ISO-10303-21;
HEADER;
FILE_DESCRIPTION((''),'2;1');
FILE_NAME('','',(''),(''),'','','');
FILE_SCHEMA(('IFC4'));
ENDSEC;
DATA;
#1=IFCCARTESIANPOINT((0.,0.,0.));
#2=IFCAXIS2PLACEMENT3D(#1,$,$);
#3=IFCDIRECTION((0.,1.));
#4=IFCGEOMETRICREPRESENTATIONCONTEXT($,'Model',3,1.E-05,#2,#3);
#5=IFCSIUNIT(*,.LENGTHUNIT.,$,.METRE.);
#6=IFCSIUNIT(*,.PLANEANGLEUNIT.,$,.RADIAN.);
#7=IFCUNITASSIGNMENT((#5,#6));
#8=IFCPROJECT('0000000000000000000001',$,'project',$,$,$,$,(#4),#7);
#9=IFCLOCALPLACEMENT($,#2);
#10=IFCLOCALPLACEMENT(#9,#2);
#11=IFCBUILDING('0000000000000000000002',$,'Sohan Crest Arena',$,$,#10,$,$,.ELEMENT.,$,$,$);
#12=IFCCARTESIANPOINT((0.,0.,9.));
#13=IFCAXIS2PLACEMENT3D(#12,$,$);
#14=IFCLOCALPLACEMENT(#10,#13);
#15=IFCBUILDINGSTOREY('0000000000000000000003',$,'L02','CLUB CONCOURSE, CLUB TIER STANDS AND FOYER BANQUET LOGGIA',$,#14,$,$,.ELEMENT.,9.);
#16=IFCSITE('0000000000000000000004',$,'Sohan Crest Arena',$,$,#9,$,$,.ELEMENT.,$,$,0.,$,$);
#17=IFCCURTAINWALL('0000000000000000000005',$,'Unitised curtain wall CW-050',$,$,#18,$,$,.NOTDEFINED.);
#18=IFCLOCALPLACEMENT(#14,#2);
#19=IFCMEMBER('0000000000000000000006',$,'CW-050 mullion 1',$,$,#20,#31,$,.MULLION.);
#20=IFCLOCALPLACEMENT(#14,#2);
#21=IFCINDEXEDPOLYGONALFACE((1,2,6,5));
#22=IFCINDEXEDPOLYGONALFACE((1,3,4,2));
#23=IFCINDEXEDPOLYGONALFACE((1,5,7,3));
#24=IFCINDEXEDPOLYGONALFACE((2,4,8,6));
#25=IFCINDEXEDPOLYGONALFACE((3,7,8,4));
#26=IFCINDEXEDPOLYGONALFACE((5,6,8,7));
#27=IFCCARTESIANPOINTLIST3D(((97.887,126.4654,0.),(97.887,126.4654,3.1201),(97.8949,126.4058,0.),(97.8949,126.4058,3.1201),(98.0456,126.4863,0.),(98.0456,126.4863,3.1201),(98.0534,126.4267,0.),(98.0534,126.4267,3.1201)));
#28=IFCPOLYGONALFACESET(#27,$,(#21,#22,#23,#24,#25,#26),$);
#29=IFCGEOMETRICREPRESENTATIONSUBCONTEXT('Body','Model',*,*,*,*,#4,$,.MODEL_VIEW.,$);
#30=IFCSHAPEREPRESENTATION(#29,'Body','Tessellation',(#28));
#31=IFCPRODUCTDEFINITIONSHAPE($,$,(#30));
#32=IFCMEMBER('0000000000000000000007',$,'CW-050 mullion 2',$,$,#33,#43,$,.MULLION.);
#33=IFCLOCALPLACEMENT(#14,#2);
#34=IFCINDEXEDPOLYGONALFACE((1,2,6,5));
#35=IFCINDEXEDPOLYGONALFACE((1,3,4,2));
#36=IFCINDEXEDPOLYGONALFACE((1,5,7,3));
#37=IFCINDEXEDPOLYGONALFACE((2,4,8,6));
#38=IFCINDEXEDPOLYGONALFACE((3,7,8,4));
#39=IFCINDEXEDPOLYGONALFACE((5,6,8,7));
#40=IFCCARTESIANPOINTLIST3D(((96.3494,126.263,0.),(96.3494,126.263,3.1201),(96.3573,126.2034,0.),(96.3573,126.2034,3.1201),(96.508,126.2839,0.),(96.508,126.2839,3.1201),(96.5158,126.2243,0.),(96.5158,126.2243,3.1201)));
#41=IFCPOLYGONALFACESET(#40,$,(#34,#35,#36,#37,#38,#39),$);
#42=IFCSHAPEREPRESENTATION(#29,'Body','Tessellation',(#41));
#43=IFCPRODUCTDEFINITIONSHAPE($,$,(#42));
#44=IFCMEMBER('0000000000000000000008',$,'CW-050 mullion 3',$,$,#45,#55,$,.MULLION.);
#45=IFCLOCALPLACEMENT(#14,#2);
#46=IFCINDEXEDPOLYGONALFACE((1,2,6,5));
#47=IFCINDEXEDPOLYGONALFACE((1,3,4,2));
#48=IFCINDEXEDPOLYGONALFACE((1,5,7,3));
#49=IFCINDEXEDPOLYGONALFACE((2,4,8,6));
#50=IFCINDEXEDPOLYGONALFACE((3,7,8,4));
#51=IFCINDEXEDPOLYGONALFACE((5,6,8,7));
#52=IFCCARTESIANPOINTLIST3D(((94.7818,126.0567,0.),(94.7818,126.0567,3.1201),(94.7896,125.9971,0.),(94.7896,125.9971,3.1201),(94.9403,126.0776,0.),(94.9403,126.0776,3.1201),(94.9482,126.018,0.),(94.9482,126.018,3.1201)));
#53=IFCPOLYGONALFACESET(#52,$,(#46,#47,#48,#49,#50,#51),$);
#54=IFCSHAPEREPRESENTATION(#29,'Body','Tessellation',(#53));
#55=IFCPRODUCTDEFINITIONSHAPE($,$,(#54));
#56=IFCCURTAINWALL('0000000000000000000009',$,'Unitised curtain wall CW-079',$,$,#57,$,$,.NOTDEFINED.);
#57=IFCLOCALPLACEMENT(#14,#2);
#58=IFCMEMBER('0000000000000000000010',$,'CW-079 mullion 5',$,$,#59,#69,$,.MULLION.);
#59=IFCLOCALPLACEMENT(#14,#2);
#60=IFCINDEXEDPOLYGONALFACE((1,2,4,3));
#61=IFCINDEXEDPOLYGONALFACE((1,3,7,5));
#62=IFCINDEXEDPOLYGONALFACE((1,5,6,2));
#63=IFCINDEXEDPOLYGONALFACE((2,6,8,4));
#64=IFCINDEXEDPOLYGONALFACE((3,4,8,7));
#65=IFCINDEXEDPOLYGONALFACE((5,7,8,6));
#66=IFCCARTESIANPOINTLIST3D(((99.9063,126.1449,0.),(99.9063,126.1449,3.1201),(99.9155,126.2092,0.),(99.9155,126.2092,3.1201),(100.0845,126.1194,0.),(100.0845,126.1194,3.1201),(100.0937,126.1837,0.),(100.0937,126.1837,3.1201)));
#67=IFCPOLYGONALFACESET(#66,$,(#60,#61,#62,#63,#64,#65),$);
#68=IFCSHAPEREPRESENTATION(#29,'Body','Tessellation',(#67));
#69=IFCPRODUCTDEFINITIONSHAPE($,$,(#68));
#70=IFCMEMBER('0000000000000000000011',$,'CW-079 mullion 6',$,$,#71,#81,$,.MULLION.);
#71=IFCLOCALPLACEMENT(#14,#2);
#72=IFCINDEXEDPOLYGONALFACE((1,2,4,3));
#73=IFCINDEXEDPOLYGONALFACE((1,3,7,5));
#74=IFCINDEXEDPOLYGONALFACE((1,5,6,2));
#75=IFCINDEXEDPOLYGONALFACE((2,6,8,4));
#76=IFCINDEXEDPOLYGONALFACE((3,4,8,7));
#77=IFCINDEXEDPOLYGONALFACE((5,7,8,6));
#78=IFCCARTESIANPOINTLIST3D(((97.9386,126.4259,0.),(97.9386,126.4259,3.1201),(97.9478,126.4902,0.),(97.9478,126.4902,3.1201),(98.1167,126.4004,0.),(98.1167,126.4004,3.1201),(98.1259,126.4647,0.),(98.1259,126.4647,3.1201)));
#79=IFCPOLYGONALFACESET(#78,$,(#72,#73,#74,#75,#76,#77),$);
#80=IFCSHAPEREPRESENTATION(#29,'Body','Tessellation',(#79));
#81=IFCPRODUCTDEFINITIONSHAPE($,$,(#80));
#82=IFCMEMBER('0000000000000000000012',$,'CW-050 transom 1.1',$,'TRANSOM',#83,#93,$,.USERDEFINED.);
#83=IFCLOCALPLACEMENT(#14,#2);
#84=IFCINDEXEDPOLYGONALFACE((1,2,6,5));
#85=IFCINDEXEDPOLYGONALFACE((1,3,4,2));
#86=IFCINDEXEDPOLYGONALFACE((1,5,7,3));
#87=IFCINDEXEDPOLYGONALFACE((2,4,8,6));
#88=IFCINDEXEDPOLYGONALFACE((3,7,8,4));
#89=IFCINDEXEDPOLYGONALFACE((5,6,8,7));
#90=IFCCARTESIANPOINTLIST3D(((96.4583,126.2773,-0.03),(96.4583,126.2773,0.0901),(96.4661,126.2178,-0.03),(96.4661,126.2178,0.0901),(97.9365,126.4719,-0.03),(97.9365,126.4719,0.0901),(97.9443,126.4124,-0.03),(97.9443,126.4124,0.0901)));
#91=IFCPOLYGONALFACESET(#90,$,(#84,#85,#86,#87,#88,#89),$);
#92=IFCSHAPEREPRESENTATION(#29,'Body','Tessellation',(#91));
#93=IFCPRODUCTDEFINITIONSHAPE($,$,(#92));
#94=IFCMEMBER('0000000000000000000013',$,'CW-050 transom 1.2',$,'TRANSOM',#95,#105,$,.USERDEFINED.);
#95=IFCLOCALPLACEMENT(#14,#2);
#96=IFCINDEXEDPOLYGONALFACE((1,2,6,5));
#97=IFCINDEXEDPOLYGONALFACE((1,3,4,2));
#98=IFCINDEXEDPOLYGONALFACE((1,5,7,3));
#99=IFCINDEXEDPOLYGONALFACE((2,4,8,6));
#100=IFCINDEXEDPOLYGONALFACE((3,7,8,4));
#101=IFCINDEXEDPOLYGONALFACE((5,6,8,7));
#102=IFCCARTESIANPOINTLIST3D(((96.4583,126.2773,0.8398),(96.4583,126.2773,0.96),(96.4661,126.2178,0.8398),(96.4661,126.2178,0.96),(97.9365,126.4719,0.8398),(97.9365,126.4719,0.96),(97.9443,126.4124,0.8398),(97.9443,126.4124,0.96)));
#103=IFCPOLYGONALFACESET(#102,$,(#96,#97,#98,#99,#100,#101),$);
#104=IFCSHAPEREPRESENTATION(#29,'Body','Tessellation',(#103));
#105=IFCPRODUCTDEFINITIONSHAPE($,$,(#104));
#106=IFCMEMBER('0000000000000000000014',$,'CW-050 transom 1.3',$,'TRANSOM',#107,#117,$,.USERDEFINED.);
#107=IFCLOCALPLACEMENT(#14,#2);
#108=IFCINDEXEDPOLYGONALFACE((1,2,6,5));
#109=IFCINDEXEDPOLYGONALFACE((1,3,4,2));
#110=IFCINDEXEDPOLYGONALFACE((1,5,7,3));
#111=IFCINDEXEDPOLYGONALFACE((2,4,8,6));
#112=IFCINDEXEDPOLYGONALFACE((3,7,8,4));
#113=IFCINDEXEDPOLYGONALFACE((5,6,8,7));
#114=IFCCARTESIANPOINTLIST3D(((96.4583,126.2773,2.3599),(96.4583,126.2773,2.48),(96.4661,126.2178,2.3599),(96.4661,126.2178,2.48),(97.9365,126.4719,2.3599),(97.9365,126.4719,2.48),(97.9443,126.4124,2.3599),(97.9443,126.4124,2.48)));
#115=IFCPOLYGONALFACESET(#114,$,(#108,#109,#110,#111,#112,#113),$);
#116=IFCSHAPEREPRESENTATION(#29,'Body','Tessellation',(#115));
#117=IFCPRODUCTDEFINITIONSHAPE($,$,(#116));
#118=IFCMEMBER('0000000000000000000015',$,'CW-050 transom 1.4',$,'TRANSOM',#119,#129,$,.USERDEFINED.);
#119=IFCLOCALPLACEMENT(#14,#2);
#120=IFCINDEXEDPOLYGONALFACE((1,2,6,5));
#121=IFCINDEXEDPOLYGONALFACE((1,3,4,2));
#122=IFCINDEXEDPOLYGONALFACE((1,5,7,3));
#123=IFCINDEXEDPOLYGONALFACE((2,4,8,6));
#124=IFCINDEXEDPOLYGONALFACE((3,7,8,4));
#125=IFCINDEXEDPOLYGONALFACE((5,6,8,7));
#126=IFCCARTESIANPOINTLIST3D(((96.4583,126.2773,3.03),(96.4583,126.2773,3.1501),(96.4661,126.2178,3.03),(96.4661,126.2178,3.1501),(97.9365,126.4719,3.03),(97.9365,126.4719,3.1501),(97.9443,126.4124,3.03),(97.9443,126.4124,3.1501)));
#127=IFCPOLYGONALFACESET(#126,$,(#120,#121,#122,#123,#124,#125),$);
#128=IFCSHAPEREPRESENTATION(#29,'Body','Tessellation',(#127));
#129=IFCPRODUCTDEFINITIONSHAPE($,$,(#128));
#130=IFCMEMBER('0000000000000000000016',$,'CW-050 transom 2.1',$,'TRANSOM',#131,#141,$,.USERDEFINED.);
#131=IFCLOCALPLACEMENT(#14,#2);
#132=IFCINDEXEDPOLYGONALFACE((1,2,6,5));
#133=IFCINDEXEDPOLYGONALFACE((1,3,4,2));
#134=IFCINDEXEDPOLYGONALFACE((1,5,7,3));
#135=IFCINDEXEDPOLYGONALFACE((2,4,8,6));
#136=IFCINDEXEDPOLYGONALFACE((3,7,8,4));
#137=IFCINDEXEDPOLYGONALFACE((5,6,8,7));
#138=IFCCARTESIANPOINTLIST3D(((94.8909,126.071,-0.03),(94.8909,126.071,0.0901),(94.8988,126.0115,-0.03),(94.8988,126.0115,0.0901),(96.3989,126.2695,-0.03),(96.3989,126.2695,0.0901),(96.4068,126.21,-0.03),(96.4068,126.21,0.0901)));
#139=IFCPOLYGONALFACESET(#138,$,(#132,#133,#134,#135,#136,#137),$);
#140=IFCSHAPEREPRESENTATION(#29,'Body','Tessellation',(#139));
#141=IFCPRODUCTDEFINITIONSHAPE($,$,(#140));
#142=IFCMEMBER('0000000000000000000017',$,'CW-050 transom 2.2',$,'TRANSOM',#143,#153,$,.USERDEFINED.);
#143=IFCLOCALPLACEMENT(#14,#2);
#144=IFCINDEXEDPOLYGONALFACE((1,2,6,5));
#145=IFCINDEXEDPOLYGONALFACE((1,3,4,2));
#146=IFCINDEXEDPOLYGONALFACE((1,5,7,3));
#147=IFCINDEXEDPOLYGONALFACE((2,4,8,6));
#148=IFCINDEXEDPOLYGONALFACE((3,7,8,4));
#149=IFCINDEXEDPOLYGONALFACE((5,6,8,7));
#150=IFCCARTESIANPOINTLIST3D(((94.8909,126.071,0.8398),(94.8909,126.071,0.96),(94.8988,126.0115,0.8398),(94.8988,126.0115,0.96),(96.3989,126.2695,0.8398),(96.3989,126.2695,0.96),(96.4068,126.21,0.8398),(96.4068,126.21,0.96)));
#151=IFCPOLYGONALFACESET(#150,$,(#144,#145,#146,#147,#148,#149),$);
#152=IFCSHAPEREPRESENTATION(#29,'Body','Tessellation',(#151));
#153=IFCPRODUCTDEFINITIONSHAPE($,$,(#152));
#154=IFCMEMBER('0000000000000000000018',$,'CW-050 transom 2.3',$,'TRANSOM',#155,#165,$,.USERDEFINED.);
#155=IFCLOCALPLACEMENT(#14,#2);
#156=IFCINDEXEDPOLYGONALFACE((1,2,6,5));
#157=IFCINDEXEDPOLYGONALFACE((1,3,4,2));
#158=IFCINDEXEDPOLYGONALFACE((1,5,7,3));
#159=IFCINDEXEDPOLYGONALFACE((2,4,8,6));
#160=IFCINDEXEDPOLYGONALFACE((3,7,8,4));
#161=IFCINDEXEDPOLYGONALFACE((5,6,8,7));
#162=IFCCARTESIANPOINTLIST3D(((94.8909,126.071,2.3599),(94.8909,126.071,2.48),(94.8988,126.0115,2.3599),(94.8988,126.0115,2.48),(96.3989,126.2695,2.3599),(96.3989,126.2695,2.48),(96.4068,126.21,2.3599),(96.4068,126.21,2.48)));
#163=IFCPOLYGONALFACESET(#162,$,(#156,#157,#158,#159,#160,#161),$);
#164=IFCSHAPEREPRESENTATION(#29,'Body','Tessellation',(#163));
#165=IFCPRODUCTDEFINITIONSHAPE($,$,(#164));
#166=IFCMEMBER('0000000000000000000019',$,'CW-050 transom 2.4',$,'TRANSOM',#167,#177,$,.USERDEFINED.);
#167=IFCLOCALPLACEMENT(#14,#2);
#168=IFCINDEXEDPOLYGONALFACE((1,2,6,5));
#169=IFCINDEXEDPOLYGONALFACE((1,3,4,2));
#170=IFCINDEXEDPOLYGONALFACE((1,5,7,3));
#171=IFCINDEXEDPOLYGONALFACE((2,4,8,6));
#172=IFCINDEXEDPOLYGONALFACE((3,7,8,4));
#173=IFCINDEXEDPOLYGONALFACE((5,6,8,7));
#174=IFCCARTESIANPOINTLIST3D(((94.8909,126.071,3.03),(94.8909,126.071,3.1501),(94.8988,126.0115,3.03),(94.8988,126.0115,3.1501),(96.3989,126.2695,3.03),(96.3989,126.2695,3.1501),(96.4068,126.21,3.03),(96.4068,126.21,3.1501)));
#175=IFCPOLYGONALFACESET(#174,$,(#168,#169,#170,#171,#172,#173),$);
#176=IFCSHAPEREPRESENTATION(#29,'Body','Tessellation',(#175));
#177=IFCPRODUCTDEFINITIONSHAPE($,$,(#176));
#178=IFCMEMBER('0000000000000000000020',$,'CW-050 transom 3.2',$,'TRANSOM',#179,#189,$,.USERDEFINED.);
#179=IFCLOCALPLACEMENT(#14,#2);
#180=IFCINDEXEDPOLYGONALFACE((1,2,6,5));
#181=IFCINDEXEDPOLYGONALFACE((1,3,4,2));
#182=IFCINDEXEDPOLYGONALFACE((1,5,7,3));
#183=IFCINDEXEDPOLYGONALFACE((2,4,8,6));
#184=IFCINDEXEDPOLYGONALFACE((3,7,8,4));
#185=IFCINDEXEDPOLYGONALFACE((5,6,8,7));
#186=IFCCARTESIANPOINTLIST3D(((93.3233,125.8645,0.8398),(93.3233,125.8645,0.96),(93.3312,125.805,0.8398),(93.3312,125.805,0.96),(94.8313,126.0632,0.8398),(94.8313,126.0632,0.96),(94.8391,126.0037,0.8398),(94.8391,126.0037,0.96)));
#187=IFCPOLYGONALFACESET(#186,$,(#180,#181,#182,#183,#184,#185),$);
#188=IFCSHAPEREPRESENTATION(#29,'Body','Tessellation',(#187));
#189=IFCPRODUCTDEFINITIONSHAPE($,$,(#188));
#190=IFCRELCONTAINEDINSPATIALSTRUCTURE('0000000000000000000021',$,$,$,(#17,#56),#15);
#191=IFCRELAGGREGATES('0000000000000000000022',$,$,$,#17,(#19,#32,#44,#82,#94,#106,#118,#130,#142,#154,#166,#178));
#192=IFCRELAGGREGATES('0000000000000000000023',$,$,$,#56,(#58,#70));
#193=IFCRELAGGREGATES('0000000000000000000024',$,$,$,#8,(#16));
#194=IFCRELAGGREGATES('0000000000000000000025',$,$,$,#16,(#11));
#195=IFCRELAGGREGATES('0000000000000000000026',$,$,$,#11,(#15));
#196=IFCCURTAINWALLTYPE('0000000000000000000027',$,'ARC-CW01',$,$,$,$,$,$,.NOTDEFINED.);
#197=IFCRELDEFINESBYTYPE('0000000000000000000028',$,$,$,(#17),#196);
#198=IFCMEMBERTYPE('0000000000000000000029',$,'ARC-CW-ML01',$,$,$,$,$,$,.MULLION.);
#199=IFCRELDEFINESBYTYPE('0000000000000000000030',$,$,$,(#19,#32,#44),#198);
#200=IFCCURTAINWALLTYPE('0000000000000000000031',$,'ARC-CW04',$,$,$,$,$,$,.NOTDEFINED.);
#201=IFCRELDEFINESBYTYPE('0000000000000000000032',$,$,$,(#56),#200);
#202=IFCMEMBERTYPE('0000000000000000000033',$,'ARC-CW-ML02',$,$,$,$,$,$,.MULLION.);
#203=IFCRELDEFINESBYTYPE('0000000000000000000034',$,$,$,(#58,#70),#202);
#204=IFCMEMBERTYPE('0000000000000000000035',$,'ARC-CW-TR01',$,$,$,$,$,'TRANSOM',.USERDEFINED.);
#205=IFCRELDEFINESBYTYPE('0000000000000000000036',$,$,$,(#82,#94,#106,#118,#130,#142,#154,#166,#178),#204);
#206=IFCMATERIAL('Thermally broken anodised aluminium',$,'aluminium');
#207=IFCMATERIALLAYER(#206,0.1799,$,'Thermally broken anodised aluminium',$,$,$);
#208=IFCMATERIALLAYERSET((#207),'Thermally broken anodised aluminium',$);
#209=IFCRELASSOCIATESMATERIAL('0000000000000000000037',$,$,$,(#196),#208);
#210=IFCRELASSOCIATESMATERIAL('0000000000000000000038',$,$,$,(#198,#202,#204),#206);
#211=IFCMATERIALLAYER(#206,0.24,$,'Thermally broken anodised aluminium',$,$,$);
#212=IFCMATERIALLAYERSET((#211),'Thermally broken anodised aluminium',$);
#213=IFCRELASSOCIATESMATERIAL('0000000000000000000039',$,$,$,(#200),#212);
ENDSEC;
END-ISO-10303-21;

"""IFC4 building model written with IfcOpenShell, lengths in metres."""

from ifc_helpers import new_model, si_unit, direction, frame, origin, origin_2d, place, context, subcontext, project, spatial, rectangle, extrude, material, layer, layer_set, material_profile, profile_set, type_object, element, aggregate, save


model = new_model("IFC4")

# Units and contexts
model_context = context("Model", 3, precision=1e-05, world=origin(), true_north=direction((0.0, 1.0)))
body_context = subcontext(model_context, "Body", "Model", "MODEL_VIEW")
ifc_project = project(units=[si_unit("LENGTHUNIT", "METRE"), si_unit("PLANEANGLEUNIT", "RADIAN")], contexts=[model_context])

# Site, building, storey
site_placement = place(None, origin())
site = spatial("IfcSite", under=ifc_project, at=site_placement, Name="Sohan Crest Arena", CompositionType="ELEMENT", RefElevation=0.0)
building_placement = place(site_placement, origin())
building = spatial("IfcBuilding", under=site, at=building_placement, Name="Sohan Crest Arena", CompositionType="ELEMENT")
storey_placement = place(building_placement, frame((0.0, 0.0, 9.0)))
storey = spatial("IfcBuildingStorey", under=building, at=storey_placement, Name="L02", Description="CLUB CONCOURSE, CLUB TIER STANDS AND FOYER BANQUET LOGGIA", CompositionType="ELEMENT", Elevation=9.0)

# Curtain walls, members
ifc_material_1 = material(Name="Thermally broken anodised aluminium", Category="aluminium")
ifc_layer_1 = layer(ifc_material_1, 0.1799, Name="Thermally broken anodised aluminium")
ifc_layer_set_1 = layer_set([ifc_layer_1], Name="Thermally broken anodised aluminium")
curtain_wall_type_1 = type_object("IfcCurtainWallType", Name="ARC-CW01", PredefinedType="NOTDEFINED", material=ifc_layer_set_1)
curtain_wall_1_placement = place(storey_placement, origin())
curtain_wall_1 = element("IfcCurtainWall", 1, at=curtain_wall_1_placement, inside=storey, type_object=curtain_wall_type_1, Name="Unitised curtain wall CW-050", PredefinedType="NOTDEFINED")
ifc_material_profile_1 = material_profile(ifc_material_1, rectangle(XDim=0.0601, YDim=0.1599, at=origin_2d()), Name="ALU-MULL 60x160")
ifc_profile_set_1 = profile_set([ifc_material_profile_1], Name="Thermally broken anodised aluminium")
member_type_1 = type_object("IfcMemberType", Name="ARC-CW-ML01", PredefinedType="MULLION", material=ifc_profile_set_1)
member_1_placement = place(storey_placement, frame((97.9702, 126.446, 0.0), z_axis=(0.0, 0.0, 1.0), x_axis=(0.130532, -0.991444, 0.0)))
member_1 = element("IfcMember", 2, at=member_1_placement, type_object=member_type_1, Name="CW-050 mullion 1", PredefinedType="MULLION", context=body_context, shape_type="SweptSolid", body=[
    extrude(rectangle(XDim=0.0601, YDim=0.1599, at=origin_2d()), origin(), (0.0, 0.0, 1.0), 3.1201),
])
member_2_placement = place(storey_placement, frame((96.4326, 126.2437, 0.0), z_axis=(0.0, 0.0, 1.0), x_axis=(0.130532, -0.991444, 0.0)))
member_2 = element("IfcMember", 3, at=member_2_placement, type_object=member_type_1, Name="CW-050 mullion 2", PredefinedType="MULLION", context=body_context, shape_type="SweptSolid", body=[
    extrude(rectangle(XDim=0.0601, YDim=0.1599, at=origin_2d()), origin(), (0.0, 0.0, 1.0), 3.1201),
])
member_3_placement = place(storey_placement, frame((94.865, 126.0374, 0.0), z_axis=(0.0, 0.0, 1.0), x_axis=(0.130532, -0.991444, 0.0)))
member_3 = element("IfcMember", 4, at=member_3_placement, type_object=member_type_1, Name="CW-050 mullion 3", PredefinedType="MULLION", context=body_context, shape_type="SweptSolid", body=[
    extrude(rectangle(XDim=0.0601, YDim=0.1599, at=origin_2d()), origin(), (0.0, 0.0, 1.0), 3.1201),
])
ifc_layer_2 = layer(ifc_material_1, 0.24, Name="Thermally broken anodised aluminium")
ifc_layer_set_2 = layer_set([ifc_layer_2], Name="Thermally broken anodised aluminium")
curtain_wall_type_2 = type_object("IfcCurtainWallType", Name="ARC-CW04", PredefinedType="NOTDEFINED", material=ifc_layer_set_2)
curtain_wall_2_placement = place(storey_placement, origin())
curtain_wall_2 = element("IfcCurtainWall", 5, at=curtain_wall_2_placement, inside=storey, type_object=curtain_wall_type_2, Name="Unitised curtain wall CW-079", PredefinedType="NOTDEFINED")
ifc_material_profile_2 = material_profile(ifc_material_1, rectangle(XDim=0.0649, YDim=0.1799, at=origin_2d()), Name="ALU-MULL 65x180")
ifc_profile_set_2 = profile_set([ifc_material_profile_2], Name="Thermally broken anodised aluminium")
member_type_2 = type_object("IfcMemberType", Name="ARC-CW-ML02", PredefinedType="MULLION", material=ifc_profile_set_2)
member_4_placement = place(storey_placement, frame((100.0, 126.1643, 0.0), z_axis=(0.0, 0.0, 1.0), x_axis=(-0.141463, -0.989944, 0.0)))
member_4 = element("IfcMember", 6, at=member_4_placement, type_object=member_type_2, Name="CW-079 mullion 5", PredefinedType="MULLION", context=body_context, shape_type="SweptSolid", body=[
    extrude(rectangle(XDim=0.0649, YDim=0.1799, at=origin_2d()), origin(), (0.0, 0.0, 1.0), 3.1201),
])
member_5_placement = place(storey_placement, frame((98.0322, 126.4453, 0.0), z_axis=(0.0, 0.0, 1.0), x_axis=(-0.141463, -0.989944, 0.0)))
member_5 = element("IfcMember", 7, at=member_5_placement, type_object=member_type_2, Name="CW-079 mullion 6", PredefinedType="MULLION", context=body_context, shape_type="SweptSolid", body=[
    extrude(rectangle(XDim=0.0649, YDim=0.1799, at=origin_2d()), origin(), (0.0, 0.0, 1.0), 3.1201),
])

# Members
ifc_material_profile_3 = material_profile(ifc_material_1, rectangle(XDim=0.0601, YDim=0.1201, at=origin_2d()), Name="ALU-TRAN 60x120")
ifc_profile_set_3 = profile_set([ifc_material_profile_3], Name="Thermally broken anodised aluminium")
member_type_3 = type_object("IfcMemberType", Name="ARC-CW-TR01", ElementType="TRANSOM", PredefinedType="USERDEFINED", material=ifc_profile_set_3)
member_6_placement = place(storey_placement, frame((97.9404, 126.4421, 0.03), z_axis=(-0.991448, -0.130501, 0.0), x_axis=(0.130501, -0.991448, 0.0)))
member_6 = element("IfcMember", 8, at=member_6_placement, type_object=member_type_3, Name="CW-050 transom 1.1", ObjectType="TRANSOM", PredefinedType="USERDEFINED", context=body_context, shape_type="SweptSolid", body=[
    extrude(rectangle(XDim=0.0601, YDim=0.1201, at=origin_2d()), origin(), (0.0, 0.0, 1.0), 1.491),
])
member_7_placement = place(storey_placement, frame((97.9404, 126.4421, 0.8999), z_axis=(-0.991448, -0.130501, 0.0), x_axis=(0.130501, -0.991448, 0.0)))
member_7 = element("IfcMember", 9, at=member_7_placement, type_object=member_type_3, Name="CW-050 transom 1.2", ObjectType="TRANSOM", PredefinedType="USERDEFINED", context=body_context, shape_type="SweptSolid", body=[
    extrude(rectangle(XDim=0.0601, YDim=0.1201, at=origin_2d()), origin(), (0.0, 0.0, 1.0), 1.491),
])
member_8_placement = place(storey_placement, frame((97.9404, 126.4421, 2.4199), z_axis=(-0.991448, -0.130501, 0.0), x_axis=(0.130501, -0.991448, 0.0)))
member_8 = element("IfcMember", 10, at=member_8_placement, type_object=member_type_3, Name="CW-050 transom 1.3", ObjectType="TRANSOM", PredefinedType="USERDEFINED", context=body_context, shape_type="SweptSolid", body=[
    extrude(rectangle(XDim=0.0601, YDim=0.1201, at=origin_2d()), origin(), (0.0, 0.0, 1.0), 1.491),
])
member_9_placement = place(storey_placement, frame((97.9404, 126.4421, 3.0901), z_axis=(-0.991448, -0.130501, 0.0), x_axis=(0.130501, -0.991448, 0.0)))
member_9 = element("IfcMember", 11, at=member_9_placement, type_object=member_type_3, Name="CW-050 transom 1.4", ObjectType="TRANSOM", PredefinedType="USERDEFINED", context=body_context, shape_type="SweptSolid", body=[
    extrude(rectangle(XDim=0.0601, YDim=0.1201, at=origin_2d()), origin(), (0.0, 0.0, 1.0), 1.491),
])
member_10_placement = place(storey_placement, frame((96.4028, 126.2397, 0.03), z_axis=(-0.991449, -0.130492, 0.0), x_axis=(0.130492, -0.991449, 0.0)))
member_10 = element("IfcMember", 12, at=member_10_placement, type_object=member_type_3, Name="CW-050 transom 2.1", ObjectType="TRANSOM", PredefinedType="USERDEFINED", context=body_context, shape_type="SweptSolid", body=[
    extrude(rectangle(XDim=0.0601, YDim=0.1201, at=origin_2d()), origin(), (0.0, 0.0, 1.0), 1.521),
])
member_11_placement = place(storey_placement, frame((96.4028, 126.2397, 0.8999), z_axis=(-0.991449, -0.130492, 0.0), x_axis=(0.130492, -0.991449, 0.0)))
member_11 = element("IfcMember", 13, at=member_11_placement, type_object=member_type_3, Name="CW-050 transom 2.2", ObjectType="TRANSOM", PredefinedType="USERDEFINED", context=body_context, shape_type="SweptSolid", body=[
    extrude(rectangle(XDim=0.0601, YDim=0.1201, at=origin_2d()), origin(), (0.0, 0.0, 1.0), 1.521),
])
member_12_placement = place(storey_placement, frame((96.4028, 126.2397, 2.4199), z_axis=(-0.991449, -0.130492, 0.0), x_axis=(0.130492, -0.991449, 0.0)))
member_12 = element("IfcMember", 14, at=member_12_placement, type_object=member_type_3, Name="CW-050 transom 2.3", ObjectType="TRANSOM", PredefinedType="USERDEFINED", context=body_context, shape_type="SweptSolid", body=[
    extrude(rectangle(XDim=0.0601, YDim=0.1201, at=origin_2d()), origin(), (0.0, 0.0, 1.0), 1.521),
])
member_13_placement = place(storey_placement, frame((96.4028, 126.2397, 3.0901), z_axis=(-0.991449, -0.130492, 0.0), x_axis=(0.130492, -0.991449, 0.0)))
member_13 = element("IfcMember", 15, at=member_13_placement, type_object=member_type_3, Name="CW-050 transom 2.4", ObjectType="TRANSOM", PredefinedType="USERDEFINED", context=body_context, shape_type="SweptSolid", body=[
    extrude(rectangle(XDim=0.0601, YDim=0.1201, at=origin_2d()), origin(), (0.0, 0.0, 1.0), 1.521),
])
member_14_placement = place(storey_placement, frame((94.8352, 126.0334, 0.8999), z_axis=(-0.991429, -0.13065, 0.0), x_axis=(0.13065, -0.991429, 0.0)))
member_14 = element("IfcMember", 16, at=member_14_placement, type_object=member_type_3, Name="CW-050 transom 3.2", ObjectType="TRANSOM", PredefinedType="USERDEFINED", context=body_context, shape_type="SweptSolid", body=[
    extrude(rectangle(XDim=0.0601, YDim=0.1201, at=origin_2d()), origin(), (0.0, 0.0, 1.0), 1.521),
])

aggregate(curtain_wall_1, [member_1, member_2, member_3, member_6, member_7, member_8, member_9, member_10, member_11, member_12, member_13, member_14])
aggregate(curtain_wall_2, [member_4, member_5])

save(model, "model.ifc")
